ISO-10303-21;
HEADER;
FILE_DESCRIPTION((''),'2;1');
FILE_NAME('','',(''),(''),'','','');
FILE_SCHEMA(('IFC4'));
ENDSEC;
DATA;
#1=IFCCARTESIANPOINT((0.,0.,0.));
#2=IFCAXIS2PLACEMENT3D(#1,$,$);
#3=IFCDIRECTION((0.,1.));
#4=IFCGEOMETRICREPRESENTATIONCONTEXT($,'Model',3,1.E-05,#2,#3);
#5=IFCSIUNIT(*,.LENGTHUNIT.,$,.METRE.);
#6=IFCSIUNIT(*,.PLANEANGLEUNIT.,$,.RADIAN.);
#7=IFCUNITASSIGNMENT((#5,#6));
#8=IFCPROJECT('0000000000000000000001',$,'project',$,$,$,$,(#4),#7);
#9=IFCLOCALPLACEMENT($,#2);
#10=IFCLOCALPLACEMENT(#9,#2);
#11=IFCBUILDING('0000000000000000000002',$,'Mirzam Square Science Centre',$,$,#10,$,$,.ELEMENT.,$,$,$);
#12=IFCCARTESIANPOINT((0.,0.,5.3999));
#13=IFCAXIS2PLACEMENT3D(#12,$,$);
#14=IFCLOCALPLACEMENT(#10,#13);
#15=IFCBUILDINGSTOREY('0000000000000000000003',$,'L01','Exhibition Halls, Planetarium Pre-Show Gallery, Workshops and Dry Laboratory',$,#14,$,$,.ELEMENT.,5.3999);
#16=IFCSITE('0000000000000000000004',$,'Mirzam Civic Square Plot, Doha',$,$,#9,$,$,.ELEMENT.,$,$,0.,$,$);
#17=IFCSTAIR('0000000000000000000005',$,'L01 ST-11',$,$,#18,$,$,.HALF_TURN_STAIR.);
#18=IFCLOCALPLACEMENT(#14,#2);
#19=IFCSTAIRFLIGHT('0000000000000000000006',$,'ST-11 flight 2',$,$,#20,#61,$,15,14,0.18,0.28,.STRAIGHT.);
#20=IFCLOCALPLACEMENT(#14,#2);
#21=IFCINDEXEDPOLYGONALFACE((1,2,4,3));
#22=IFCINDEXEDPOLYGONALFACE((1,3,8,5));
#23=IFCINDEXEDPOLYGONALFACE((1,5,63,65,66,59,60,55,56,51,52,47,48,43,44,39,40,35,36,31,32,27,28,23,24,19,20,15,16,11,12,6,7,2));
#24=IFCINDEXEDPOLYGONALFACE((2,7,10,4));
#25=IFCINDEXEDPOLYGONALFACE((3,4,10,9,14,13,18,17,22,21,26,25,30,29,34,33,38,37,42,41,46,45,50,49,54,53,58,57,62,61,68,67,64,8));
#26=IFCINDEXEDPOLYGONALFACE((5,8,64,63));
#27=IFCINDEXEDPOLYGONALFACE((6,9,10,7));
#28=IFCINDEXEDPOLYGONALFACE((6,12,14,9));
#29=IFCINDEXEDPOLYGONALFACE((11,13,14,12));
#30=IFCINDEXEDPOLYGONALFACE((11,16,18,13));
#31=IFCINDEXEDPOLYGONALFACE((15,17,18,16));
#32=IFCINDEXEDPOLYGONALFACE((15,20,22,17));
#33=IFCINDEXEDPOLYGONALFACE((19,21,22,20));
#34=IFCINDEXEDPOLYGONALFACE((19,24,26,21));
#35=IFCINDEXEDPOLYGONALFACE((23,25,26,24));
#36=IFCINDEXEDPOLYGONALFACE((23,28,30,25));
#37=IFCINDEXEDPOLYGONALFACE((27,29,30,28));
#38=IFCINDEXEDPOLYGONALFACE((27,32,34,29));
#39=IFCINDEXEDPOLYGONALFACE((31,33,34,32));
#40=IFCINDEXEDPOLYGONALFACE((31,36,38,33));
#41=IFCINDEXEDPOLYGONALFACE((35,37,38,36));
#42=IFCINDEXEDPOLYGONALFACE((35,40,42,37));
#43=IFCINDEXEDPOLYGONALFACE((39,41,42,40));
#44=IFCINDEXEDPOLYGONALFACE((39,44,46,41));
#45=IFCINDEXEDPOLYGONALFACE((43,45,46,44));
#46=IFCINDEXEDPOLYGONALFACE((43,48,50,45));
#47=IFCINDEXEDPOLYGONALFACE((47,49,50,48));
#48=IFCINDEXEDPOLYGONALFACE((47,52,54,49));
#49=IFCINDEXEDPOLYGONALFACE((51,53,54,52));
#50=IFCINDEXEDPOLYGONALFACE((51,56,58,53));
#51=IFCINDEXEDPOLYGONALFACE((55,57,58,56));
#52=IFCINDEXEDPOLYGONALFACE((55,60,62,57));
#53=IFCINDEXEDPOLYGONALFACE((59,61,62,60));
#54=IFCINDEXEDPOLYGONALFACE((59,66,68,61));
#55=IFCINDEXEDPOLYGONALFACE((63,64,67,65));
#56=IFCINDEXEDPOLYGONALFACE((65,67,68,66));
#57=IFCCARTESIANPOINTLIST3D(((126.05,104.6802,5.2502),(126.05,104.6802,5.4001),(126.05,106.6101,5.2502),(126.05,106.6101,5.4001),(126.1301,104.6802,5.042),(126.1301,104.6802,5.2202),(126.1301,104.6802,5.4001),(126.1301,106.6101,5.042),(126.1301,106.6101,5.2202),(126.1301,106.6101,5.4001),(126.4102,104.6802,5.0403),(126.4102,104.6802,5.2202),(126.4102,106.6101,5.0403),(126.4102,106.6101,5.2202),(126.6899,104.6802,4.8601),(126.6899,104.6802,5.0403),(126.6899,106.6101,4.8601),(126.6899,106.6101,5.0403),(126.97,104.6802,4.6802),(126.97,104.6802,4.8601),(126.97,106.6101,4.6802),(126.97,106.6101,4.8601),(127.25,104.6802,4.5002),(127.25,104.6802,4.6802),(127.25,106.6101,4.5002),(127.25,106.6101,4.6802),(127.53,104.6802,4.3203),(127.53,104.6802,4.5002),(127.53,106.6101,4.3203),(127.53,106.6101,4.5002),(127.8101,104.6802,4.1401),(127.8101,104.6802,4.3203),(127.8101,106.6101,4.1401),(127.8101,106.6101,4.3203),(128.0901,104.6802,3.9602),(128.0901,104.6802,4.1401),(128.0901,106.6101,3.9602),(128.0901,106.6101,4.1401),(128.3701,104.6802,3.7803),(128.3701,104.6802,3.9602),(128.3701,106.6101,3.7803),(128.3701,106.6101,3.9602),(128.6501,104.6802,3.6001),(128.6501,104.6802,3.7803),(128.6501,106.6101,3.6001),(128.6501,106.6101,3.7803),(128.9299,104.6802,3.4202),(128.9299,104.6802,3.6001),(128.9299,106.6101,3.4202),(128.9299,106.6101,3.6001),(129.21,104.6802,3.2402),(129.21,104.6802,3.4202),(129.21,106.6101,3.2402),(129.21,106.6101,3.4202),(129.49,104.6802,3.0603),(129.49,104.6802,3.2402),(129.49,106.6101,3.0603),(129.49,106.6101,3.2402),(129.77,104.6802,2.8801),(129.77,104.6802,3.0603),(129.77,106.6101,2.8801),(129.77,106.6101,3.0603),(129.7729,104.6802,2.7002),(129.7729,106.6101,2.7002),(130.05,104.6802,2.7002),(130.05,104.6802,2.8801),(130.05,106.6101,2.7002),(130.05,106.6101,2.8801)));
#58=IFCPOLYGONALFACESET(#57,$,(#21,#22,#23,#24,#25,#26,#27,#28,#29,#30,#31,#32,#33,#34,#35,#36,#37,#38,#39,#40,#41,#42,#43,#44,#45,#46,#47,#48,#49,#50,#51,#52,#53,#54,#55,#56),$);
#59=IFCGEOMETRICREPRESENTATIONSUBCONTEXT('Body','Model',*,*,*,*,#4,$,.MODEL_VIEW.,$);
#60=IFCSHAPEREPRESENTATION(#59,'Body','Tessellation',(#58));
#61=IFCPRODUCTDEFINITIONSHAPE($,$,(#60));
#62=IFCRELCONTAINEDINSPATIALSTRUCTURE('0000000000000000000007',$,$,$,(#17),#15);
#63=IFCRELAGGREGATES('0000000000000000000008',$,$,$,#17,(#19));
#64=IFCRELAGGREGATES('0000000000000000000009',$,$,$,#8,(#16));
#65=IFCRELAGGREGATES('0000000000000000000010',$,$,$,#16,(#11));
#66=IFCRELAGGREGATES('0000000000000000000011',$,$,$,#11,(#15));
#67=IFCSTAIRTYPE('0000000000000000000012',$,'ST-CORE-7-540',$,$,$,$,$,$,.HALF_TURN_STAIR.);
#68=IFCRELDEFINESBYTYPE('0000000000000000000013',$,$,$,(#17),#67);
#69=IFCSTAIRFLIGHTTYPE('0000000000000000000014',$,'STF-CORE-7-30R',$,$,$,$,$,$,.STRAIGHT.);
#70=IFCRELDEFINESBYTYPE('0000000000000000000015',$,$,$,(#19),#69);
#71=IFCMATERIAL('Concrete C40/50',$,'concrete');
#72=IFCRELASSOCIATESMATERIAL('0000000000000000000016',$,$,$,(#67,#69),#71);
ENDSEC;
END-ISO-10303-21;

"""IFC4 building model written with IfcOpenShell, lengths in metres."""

from ifc_helpers import new_model, si_unit, direction, frame, origin, place, context, subcontext, project, spatial, polyline, outline, extrude, material, type_object, element, aggregate, save


model = new_model("IFC4")

# Units and contexts
model_context = context("Model", 3, precision=1e-05, world=origin(), true_north=direction((0.0, 1.0)))
body_context = subcontext(model_context, "Body", "Model", "MODEL_VIEW")
ifc_project = project(units=[si_unit("LENGTHUNIT", "METRE"), si_unit("PLANEANGLEUNIT", "RADIAN")], contexts=[model_context])

# Site, building, storey
site_placement = place(None, origin())
site = spatial("IfcSite", under=ifc_project, at=site_placement, Name="Mirzam Civic Square Plot, Doha", CompositionType="ELEMENT", RefElevation=0.0)
building_placement = place(site_placement, origin())
building = spatial("IfcBuilding", under=site, at=building_placement, Name="Mirzam Square Science Centre", CompositionType="ELEMENT")
storey_placement = place(building_placement, frame((0.0, 0.0, 5.3999)))
storey = spatial("IfcBuildingStorey", under=building, at=storey_placement, Name="L01", Description="Exhibition Halls, Planetarium Pre-Show Gallery, Workshops and Dry Laboratory", CompositionType="ELEMENT", Elevation=5.3999)

# Stair, stair flight
ifc_material_1 = material(Name="Concrete C40/50", Category="concrete")
stair_type = type_object("IfcStairType", Name="ST-CORE-7-540", PredefinedType="HALF_TURN_STAIR", material=ifc_material_1)
stair_placement = place(storey_placement, origin())
stair = element("IfcStair", 1, at=stair_placement, inside=storey, type_object=stair_type, Name="L01 ST-11", PredefinedType="HALF_TURN_STAIR")
stair_flight_type = type_object("IfcStairFlightType", Name="STF-CORE-7-30R", PredefinedType="STRAIGHT", material=ifc_material_1)
stair_flight_placement = place(storey_placement, frame((130.05, 105.645, 2.7002), z_axis=(0.0, 0.0, 1.0), x_axis=(-1.0, 0.0, 0.0)))
stair_flight = element("IfcStairFlight", 2, at=stair_flight_placement, type_object=stair_flight_type, Name="ST-11 flight 2", NumberOfRisers=15, NumberOfTreads=14, PredefinedType="STRAIGHT", RiserHeight=0.18, TreadLength=0.28, context=body_context, shape_type="SweptSolid", body=[
    extrude(outline(polyline([(0.0, 0.0), (0.0, 0.1799), (0.28, 0.1799), (0.28, 0.3601), (0.5601, 0.3601), (0.5601, 0.54), (0.8401, 0.54), (0.8401, 0.72), (1.1201, 0.72), (1.1201, 0.8999), (1.3999, 0.8999), (1.3999, 1.0801), (1.6799, 1.0801), (1.6799, 1.26), (1.96, 1.26), (1.96, 1.4399), (2.24, 1.4399), (2.24, 1.6201), (2.52, 1.6201), (2.52, 1.8), (2.8, 1.8), (2.8, 1.98), (3.0801, 1.98), (3.0801, 2.1599), (3.3601, 2.1599), (3.3601, 2.3401), (3.6399, 2.3401), (3.6399, 2.52), (3.9199, 2.52), (3.9199, 2.7), (4.0, 2.7), (4.0, 2.55), (3.9199, 2.3418), (0.2771, 0.0), (0.0, 0.0)])), frame((0.0, 0.9648, 0.0), z_axis=(0.0, -1.0, 0.0), x_axis=(1.0, 0.0, 0.0)), (0.0, 0.0, 1.0), 1.9299),
])
aggregate(stair, [stair_flight])

save(model, "model.ifc")
